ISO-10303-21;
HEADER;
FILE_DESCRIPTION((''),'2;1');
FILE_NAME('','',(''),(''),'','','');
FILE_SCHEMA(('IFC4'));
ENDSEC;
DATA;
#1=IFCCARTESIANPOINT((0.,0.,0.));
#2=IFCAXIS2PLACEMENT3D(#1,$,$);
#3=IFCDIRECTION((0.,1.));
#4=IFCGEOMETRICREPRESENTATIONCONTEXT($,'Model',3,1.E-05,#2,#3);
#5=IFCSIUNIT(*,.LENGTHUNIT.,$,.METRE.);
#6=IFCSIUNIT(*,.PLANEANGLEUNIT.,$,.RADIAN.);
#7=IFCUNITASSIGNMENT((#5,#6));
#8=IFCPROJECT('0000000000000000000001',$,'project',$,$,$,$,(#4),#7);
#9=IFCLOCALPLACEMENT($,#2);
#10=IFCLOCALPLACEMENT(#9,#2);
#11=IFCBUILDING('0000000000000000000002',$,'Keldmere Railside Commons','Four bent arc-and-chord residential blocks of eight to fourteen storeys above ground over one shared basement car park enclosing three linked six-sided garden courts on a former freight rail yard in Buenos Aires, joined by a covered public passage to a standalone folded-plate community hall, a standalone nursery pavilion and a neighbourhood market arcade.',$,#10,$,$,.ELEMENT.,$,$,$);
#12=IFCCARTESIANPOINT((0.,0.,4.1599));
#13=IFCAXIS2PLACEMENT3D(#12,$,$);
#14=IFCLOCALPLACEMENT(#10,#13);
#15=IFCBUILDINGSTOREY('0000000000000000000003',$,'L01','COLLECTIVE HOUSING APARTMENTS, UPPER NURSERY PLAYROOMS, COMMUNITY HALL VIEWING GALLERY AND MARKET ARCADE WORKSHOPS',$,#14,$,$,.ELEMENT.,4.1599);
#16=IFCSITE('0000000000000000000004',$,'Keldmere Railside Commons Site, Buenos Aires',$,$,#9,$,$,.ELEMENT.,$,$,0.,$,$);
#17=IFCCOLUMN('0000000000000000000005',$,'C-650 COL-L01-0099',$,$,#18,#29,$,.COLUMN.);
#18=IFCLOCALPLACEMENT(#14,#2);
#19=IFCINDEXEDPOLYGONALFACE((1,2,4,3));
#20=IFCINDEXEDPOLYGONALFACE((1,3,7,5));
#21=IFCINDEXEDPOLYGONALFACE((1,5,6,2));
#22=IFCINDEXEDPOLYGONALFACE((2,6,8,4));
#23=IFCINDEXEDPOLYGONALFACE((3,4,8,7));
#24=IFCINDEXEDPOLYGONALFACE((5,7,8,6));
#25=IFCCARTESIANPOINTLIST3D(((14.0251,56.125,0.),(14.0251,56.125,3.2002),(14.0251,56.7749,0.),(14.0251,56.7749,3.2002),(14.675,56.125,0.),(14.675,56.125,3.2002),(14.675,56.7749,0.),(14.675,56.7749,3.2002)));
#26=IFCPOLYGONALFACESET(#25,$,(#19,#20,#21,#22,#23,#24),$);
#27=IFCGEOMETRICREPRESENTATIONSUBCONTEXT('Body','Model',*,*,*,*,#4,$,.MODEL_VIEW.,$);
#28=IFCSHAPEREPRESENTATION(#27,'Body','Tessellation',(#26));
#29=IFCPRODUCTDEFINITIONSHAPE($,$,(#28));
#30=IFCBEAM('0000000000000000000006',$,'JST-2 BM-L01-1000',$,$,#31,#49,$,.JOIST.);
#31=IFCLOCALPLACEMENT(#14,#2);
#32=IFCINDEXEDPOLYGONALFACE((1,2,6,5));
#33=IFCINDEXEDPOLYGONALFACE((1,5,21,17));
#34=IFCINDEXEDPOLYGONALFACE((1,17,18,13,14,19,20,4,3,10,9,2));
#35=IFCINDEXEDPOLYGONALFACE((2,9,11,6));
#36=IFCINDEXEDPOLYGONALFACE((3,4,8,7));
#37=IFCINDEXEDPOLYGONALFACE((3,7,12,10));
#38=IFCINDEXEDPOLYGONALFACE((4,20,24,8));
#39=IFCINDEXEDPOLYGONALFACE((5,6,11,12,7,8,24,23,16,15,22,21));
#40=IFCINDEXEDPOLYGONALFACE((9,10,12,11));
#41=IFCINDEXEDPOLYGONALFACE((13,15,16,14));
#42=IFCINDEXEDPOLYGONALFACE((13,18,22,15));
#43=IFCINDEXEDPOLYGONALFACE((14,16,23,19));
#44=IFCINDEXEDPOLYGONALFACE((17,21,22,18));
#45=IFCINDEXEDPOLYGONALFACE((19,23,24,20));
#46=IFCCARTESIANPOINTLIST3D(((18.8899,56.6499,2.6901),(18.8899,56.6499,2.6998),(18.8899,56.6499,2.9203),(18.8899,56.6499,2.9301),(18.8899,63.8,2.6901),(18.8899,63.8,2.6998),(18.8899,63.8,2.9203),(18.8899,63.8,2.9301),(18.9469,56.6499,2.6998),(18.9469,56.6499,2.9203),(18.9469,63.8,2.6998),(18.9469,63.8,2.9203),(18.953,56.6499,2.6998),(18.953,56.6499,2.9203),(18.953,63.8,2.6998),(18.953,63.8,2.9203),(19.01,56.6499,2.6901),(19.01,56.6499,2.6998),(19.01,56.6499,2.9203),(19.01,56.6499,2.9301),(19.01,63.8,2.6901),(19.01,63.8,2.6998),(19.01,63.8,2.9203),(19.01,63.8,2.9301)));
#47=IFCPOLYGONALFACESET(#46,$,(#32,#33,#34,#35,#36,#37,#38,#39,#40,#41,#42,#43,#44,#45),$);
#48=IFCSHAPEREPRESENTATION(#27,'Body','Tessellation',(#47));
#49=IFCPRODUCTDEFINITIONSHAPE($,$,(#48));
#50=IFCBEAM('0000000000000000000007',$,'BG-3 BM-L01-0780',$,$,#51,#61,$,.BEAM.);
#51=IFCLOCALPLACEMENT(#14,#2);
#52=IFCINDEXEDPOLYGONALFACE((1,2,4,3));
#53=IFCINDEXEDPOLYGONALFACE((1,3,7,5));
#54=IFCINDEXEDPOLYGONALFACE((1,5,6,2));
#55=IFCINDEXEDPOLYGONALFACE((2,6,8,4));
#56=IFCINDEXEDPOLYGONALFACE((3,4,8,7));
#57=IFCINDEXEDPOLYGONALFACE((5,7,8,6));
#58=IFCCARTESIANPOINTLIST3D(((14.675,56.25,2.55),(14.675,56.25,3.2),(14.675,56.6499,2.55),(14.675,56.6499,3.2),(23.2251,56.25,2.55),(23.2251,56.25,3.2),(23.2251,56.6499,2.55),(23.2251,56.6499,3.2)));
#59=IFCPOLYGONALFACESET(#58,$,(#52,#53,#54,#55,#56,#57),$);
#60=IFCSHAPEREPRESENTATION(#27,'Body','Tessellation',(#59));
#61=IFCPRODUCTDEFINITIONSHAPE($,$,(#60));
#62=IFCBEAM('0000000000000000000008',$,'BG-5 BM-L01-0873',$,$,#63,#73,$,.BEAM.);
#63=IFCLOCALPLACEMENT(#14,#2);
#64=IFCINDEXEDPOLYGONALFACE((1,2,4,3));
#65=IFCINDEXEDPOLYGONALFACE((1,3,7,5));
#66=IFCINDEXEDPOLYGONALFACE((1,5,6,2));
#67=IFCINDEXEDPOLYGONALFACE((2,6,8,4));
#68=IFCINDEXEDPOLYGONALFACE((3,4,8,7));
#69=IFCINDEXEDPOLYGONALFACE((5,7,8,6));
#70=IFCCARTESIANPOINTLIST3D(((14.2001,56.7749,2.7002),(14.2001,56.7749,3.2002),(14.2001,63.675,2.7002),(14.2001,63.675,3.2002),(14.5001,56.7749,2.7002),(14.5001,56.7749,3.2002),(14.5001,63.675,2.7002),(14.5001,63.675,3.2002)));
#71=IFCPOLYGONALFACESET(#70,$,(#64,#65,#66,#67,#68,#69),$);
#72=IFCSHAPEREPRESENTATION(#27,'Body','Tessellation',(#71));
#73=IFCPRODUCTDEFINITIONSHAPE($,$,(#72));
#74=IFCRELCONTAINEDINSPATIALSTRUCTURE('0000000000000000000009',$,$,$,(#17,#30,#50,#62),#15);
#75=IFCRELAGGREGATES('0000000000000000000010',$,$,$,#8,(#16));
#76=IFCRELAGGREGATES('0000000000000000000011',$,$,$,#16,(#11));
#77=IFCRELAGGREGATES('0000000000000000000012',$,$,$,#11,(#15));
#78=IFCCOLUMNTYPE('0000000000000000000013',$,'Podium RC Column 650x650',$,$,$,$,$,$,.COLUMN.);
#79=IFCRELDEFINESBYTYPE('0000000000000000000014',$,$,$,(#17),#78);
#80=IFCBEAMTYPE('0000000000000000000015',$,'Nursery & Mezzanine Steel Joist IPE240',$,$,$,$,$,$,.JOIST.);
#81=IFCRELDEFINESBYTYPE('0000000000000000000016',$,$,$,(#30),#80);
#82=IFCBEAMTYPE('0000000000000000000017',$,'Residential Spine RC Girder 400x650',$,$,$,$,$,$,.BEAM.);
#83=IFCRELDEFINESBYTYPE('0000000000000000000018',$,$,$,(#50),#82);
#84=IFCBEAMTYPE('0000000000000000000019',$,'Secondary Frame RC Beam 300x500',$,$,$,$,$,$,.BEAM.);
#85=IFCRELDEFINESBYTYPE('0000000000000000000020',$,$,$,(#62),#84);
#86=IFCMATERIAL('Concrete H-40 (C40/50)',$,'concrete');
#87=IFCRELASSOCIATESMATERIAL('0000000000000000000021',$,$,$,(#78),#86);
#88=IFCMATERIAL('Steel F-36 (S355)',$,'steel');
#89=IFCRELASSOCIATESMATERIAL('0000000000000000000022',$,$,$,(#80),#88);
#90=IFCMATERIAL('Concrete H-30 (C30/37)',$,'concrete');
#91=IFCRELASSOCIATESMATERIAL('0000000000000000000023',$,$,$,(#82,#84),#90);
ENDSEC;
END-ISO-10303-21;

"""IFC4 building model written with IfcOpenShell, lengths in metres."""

from ifc_helpers import new_model, si_unit, direction, frame, origin, origin_2d, place, context, subcontext, project, spatial, rectangle, i_section, extrude, material, material_profile, profile_set, type_object, element, save


model = new_model("IFC4")

# Units and contexts
model_context = context("Model", 3, precision=1e-05, world=origin(), true_north=direction((0.0, 1.0)))
body_context = subcontext(model_context, "Body", "Model", "MODEL_VIEW")
ifc_project = project(units=[si_unit("LENGTHUNIT", "METRE"), si_unit("PLANEANGLEUNIT", "RADIAN")], contexts=[model_context])

# Site, building, storey
site_placement = place(None, origin())
site = spatial("IfcSite", under=ifc_project, at=site_placement, Name="Keldmere Railside Commons Site, Buenos Aires", CompositionType="ELEMENT", RefElevation=0.0)
building_placement = place(site_placement, origin())
building = spatial("IfcBuilding", under=site, at=building_placement, Name="Keldmere Railside Commons", Description="Four bent arc-and-chord residential blocks of eight to fourteen storeys above ground over one shared basement car park enclosing three linked six-sided garden courts on a former freight rail yard in Buenos Aires, joined by a covered public passage to a standalone folded-plate community hall, a standalone nursery pavilion and a neighbourhood market arcade.", CompositionType="ELEMENT")
storey_placement = place(building_placement, frame((0.0, 0.0, 4.1599)))
storey = spatial("IfcBuildingStorey", under=building, at=storey_placement, Name="L01", Description="COLLECTIVE HOUSING APARTMENTS, UPPER NURSERY PLAYROOMS, COMMUNITY HALL VIEWING GALLERY AND MARKET ARCADE WORKSHOPS", CompositionType="ELEMENT", Elevation=4.1599)

# Column
ifc_material_1 = material(Name="Concrete H-40 (C40/50)", Category="concrete")
ifc_material_profile_1 = material_profile(ifc_material_1, rectangle(XDim=0.6499, YDim=0.6499, at=origin_2d()), Name="RC-650x650")
ifc_profile_set_1 = profile_set([ifc_material_profile_1], Name="Concrete H-40 (C40/50)")
column_type = type_object("IfcColumnType", Name="Podium RC Column 650x650", PredefinedType="COLUMN", material=ifc_profile_set_1)
column_placement = place(storey_placement, frame((14.3501, 56.45, 0.0), z_axis=(0.0, 0.0, 1.0), x_axis=(1.0, 0.0, 0.0)))
element("IfcColumn", 1, at=column_placement, inside=storey, type_object=column_type, Name="C-650 COL-L01-0099", PredefinedType="COLUMN", context=body_context, shape_type="SweptSolid", body=[
    extrude(rectangle(XDim=0.6499, YDim=0.6499, at=origin_2d()), origin(), (0.0, 0.0, 1.0), 3.2002),
])

# Beams
ifc_material_2 = material(Name="Steel F-36 (S355)", Category="steel")
ifc_material_profile_2 = material_profile(ifc_material_2, i_section(OverallWidth=0.1201, OverallDepth=0.24, WebThickness=0.0061, FlangeThickness=0.0098, at=origin_2d()), Name="IPE-240")
ifc_profile_set_2 = profile_set([ifc_material_profile_2], Name="Steel F-36 (S355)")
beam_type_1 = type_object("IfcBeamType", Name="Nursery & Mezzanine Steel Joist IPE240", PredefinedType="JOIST", material=ifc_profile_set_2)
beam_1_placement = place(storey_placement, frame((18.95, 56.6499, 2.8101), z_axis=(0.0, 1.0, 0.0), x_axis=(-1.0, 0.0, 0.0)))
element("IfcBeam", 2, at=beam_1_placement, inside=storey, type_object=beam_type_1, Name="JST-2 BM-L01-1000", PredefinedType="JOIST", context=body_context, shape_type="SweptSolid", body=[
    extrude(i_section(OverallWidth=0.1201, OverallDepth=0.24, WebThickness=0.0061, FlangeThickness=0.0098, at=origin_2d()), origin(), (0.0, 0.0, 1.0), 7.1501),
])
ifc_material_3 = material(Name="Concrete H-30 (C30/37)", Category="concrete")
ifc_material_profile_3 = material_profile(ifc_material_3, rectangle(XDim=0.3999, YDim=0.6499, at=origin_2d()), Name="RC-400x650")
ifc_profile_set_3 = profile_set([ifc_material_profile_3], Name="Concrete H-30 (C30/37)")
beam_type_2 = type_object("IfcBeamType", Name="Residential Spine RC Girder 400x650", PredefinedType="BEAM", material=ifc_profile_set_3)
beam_2_placement = place(storey_placement, frame((14.675, 56.45, 2.875), z_axis=(1.0, 0.0, 0.0), x_axis=(0.0, 1.0, 0.0)))
element("IfcBeam", 3, at=beam_2_placement, inside=storey, type_object=beam_type_2, Name="BG-3 BM-L01-0780", PredefinedType="BEAM", context=body_context, shape_type="SweptSolid", body=[
    extrude(rectangle(XDim=0.3999, YDim=0.6499, at=origin_2d()), origin(), (0.0, 0.0, 1.0), 8.55),
])
ifc_material_profile_4 = material_profile(ifc_material_3, rectangle(XDim=0.3, YDim=0.5, at=origin_2d()), Name="RC-300x500")
ifc_profile_set_4 = profile_set([ifc_material_profile_4], Name="Concrete H-30 (C30/37)")
beam_type_3 = type_object("IfcBeamType", Name="Secondary Frame RC Beam 300x500", PredefinedType="BEAM", material=ifc_profile_set_4)
beam_3_placement = place(storey_placement, frame((14.3501, 56.7749, 2.9502), z_axis=(0.0, 1.0, 0.0), x_axis=(-1.0, 0.0, 0.0)))
element("IfcBeam", 4, at=beam_3_placement, inside=storey, type_object=beam_type_3, Name="BG-5 BM-L01-0873", PredefinedType="BEAM", context=body_context, shape_type="SweptSolid", body=[
    extrude(rectangle(XDim=0.3, YDim=0.5, at=origin_2d()), origin(), (0.0, 0.0, 1.0), 6.9001),
])

save(model, "model.ifc")
